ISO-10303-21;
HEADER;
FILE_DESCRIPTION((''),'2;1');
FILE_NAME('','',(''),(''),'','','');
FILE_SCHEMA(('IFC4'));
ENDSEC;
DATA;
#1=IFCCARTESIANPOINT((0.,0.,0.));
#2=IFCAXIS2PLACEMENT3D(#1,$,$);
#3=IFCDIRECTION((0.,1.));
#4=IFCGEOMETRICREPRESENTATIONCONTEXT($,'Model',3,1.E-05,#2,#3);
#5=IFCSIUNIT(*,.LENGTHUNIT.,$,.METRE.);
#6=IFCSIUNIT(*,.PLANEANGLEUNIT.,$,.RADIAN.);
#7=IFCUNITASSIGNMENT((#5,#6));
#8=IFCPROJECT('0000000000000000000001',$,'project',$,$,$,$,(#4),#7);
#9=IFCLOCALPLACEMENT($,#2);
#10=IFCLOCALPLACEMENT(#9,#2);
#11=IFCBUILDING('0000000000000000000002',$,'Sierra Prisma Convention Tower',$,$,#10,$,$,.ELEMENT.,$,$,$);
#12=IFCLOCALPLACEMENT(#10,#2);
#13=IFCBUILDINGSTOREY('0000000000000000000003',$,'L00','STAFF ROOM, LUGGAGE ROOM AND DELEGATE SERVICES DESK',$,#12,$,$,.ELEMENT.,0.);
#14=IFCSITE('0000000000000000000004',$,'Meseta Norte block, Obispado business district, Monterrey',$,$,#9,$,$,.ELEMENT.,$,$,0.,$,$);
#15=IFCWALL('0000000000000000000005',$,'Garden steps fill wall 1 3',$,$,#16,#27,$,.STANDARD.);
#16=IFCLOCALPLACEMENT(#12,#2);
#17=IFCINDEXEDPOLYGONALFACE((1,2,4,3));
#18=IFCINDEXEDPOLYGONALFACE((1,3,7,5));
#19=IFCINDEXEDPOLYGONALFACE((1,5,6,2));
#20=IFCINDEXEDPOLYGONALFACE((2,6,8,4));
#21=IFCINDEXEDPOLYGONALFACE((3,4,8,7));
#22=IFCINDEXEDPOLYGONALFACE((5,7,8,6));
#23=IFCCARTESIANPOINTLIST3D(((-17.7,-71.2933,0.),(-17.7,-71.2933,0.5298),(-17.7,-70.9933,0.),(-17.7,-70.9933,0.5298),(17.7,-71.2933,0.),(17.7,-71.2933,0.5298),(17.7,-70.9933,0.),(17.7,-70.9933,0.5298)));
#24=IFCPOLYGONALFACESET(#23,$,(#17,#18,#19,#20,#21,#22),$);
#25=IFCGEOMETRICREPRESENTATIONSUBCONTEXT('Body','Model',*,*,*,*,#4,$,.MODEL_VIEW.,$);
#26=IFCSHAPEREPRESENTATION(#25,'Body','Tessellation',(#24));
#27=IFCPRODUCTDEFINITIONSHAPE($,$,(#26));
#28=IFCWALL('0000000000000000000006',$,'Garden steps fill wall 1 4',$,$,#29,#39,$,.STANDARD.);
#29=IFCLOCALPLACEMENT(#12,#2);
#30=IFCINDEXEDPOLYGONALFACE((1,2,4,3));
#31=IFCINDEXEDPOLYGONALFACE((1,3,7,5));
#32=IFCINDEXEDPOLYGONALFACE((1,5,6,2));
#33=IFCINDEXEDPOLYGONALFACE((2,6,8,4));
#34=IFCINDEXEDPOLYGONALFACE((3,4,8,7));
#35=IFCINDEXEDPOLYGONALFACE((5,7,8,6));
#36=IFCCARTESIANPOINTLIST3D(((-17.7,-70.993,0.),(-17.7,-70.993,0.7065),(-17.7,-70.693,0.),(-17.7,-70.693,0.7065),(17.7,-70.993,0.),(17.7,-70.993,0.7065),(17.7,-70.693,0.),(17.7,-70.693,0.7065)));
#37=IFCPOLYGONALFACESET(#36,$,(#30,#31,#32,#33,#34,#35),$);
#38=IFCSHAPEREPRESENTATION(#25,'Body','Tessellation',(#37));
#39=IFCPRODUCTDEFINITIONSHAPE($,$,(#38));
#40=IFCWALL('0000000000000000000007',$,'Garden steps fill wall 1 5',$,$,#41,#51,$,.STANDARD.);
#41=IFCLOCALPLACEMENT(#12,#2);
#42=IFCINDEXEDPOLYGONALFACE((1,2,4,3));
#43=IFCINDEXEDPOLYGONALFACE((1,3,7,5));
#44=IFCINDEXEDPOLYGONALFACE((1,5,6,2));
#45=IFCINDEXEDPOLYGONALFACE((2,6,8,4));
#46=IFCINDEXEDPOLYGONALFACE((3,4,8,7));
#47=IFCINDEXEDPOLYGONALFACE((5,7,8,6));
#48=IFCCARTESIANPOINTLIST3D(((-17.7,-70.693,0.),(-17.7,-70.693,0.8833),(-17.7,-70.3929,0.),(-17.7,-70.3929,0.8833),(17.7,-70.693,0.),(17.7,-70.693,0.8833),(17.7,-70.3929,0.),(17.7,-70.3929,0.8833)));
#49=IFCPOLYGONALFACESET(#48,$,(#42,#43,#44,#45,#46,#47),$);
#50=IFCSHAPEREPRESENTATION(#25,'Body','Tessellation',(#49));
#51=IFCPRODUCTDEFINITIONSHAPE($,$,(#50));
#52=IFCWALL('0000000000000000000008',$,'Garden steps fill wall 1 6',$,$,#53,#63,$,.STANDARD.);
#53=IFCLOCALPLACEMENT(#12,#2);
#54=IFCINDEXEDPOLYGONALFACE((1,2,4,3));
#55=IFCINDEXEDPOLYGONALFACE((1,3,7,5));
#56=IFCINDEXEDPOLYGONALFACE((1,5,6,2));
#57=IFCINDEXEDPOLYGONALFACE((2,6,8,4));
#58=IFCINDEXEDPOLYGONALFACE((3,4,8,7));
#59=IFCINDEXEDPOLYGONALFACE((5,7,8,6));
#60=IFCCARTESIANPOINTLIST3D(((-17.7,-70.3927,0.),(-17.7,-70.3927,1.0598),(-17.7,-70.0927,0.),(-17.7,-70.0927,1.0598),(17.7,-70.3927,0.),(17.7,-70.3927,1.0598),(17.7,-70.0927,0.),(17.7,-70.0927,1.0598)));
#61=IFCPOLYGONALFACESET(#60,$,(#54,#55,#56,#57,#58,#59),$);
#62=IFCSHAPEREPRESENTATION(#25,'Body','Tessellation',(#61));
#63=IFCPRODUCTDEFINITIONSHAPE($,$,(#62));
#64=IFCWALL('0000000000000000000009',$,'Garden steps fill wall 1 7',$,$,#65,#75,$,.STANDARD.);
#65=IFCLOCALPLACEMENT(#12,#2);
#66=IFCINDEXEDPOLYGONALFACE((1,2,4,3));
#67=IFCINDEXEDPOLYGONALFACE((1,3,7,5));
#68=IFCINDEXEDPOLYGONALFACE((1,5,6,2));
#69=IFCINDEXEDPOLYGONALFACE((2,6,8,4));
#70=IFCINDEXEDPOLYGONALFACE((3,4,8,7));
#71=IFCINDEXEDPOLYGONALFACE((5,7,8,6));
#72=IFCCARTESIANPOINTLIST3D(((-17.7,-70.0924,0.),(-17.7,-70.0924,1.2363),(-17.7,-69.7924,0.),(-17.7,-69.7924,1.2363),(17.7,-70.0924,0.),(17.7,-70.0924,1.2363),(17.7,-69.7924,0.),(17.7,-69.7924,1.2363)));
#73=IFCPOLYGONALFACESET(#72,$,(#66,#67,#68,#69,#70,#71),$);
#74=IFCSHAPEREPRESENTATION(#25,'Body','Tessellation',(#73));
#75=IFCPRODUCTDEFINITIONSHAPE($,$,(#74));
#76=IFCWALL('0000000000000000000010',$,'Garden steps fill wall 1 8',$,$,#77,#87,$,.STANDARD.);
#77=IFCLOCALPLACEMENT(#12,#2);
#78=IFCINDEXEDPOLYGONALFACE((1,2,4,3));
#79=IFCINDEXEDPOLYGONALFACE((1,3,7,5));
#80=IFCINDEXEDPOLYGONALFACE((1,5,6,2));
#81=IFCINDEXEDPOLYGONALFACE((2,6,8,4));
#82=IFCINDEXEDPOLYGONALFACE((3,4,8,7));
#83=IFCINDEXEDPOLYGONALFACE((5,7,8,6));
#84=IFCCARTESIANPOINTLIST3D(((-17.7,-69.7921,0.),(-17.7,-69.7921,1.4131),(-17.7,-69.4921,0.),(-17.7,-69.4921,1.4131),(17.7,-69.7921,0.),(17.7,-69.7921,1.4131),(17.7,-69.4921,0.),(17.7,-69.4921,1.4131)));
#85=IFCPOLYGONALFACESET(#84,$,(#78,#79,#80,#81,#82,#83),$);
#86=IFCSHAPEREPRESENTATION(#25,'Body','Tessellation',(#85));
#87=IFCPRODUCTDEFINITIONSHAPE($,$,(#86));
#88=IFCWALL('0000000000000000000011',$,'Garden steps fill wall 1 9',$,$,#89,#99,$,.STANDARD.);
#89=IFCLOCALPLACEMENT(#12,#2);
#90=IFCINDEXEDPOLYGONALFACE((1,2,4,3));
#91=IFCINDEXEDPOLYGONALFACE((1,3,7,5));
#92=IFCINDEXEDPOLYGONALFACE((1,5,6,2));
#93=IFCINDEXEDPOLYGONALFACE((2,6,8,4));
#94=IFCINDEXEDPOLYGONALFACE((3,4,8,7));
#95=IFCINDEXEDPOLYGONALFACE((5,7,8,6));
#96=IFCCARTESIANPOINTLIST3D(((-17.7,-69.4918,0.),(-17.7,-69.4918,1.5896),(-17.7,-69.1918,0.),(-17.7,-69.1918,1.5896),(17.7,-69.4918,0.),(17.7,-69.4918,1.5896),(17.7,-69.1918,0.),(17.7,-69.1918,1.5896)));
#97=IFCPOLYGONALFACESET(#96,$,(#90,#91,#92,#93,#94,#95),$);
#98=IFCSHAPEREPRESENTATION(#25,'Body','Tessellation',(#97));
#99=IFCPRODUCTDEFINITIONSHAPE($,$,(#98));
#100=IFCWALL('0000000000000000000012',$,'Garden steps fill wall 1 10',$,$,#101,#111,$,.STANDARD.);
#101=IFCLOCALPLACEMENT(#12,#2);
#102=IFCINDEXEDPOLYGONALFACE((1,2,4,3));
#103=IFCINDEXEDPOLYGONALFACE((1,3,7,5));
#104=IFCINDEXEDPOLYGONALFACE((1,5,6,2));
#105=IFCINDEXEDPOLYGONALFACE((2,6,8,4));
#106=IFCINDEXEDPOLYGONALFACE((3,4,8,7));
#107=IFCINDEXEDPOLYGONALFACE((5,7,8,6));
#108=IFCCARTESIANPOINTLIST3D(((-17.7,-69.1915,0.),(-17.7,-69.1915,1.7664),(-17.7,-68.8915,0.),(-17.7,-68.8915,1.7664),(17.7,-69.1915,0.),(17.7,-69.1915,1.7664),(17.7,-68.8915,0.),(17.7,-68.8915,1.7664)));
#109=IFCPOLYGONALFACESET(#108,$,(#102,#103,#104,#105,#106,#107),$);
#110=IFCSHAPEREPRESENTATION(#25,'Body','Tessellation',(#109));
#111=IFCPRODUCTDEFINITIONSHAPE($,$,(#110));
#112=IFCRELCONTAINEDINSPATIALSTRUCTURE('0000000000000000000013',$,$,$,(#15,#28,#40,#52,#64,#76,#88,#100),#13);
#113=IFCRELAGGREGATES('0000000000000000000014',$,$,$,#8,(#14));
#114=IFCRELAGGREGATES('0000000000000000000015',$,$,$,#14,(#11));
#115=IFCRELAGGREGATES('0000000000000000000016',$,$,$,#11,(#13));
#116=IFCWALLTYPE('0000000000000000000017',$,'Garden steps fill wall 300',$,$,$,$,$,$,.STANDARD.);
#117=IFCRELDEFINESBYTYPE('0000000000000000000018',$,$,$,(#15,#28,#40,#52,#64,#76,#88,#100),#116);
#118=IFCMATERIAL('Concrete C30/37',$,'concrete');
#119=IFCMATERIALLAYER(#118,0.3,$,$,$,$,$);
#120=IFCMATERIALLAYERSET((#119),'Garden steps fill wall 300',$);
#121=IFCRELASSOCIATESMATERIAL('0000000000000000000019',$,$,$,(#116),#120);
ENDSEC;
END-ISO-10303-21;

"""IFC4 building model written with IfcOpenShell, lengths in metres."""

from ifc_helpers import new_model, si_unit, direction, frame, frame_2d, origin, place, context, subcontext, project, spatial, rectangle, extrude, material, layer, layer_set, type_object, element, save


model = new_model("IFC4")

# Units and contexts
model_context = context("Model", 3, precision=1e-05, world=origin(), true_north=direction((0.0, 1.0)))
body_context = subcontext(model_context, "Body", "Model", "MODEL_VIEW")
ifc_project = project(units=[si_unit("LENGTHUNIT", "METRE"), si_unit("PLANEANGLEUNIT", "RADIAN")], contexts=[model_context])

# Site, building, storey
site_placement = place(None, origin())
site = spatial("IfcSite", under=ifc_project, at=site_placement, Name="Meseta Norte block, Obispado business district, Monterrey", CompositionType="ELEMENT", RefElevation=0.0)
building_placement = place(site_placement, origin())
building = spatial("IfcBuilding", under=site, at=building_placement, Name="Sierra Prisma Convention Tower", CompositionType="ELEMENT")
storey_placement = place(building_placement, origin())
storey = spatial("IfcBuildingStorey", under=building, at=storey_placement, Name="L00", Description="STAFF ROOM, LUGGAGE ROOM AND DELEGATE SERVICES DESK", CompositionType="ELEMENT", Elevation=0.0)

# Walls
ifc_material_1 = material(Name="Concrete C30/37", Category="concrete")
ifc_layer_1 = layer(ifc_material_1, 0.3)
ifc_layer_set_1 = layer_set([ifc_layer_1], Name="Garden steps fill wall 300")
wall_type_1 = type_object("IfcWallType", Name="Garden steps fill wall 300", PredefinedType="STANDARD", material=ifc_layer_set_1)
wall_1_placement = place(storey_placement, frame((-17.7, -71.1433, 0.0), z_axis=(0.0, 0.0, 1.0), x_axis=(1.0, 0.0, 0.0)))
element("IfcWall", 1, at=wall_1_placement, inside=storey, type_object=wall_type_1, Name="Garden steps fill wall 1 3", PredefinedType="STANDARD", context=body_context, shape_type="SweptSolid", body=[
    extrude(rectangle(XDim=35.3999, YDim=0.3, at=frame_2d((17.7, 0.0))), origin(), (0.0, 0.0, 1.0), 0.5298),
])
wall_2_placement = place(storey_placement, frame((-17.7, -70.843, 0.0), z_axis=(0.0, 0.0, 1.0), x_axis=(1.0, 0.0, 0.0)))
element("IfcWall", 2, at=wall_2_placement, inside=storey, type_object=wall_type_1, Name="Garden steps fill wall 1 4", PredefinedType="STANDARD", context=body_context, shape_type="SweptSolid", body=[
    extrude(rectangle(XDim=35.3999, YDim=0.3, at=frame_2d((17.7, 0.0))), origin(), (0.0, 0.0, 1.0), 0.7065),
])
wall_3_placement = place(storey_placement, frame((-17.7, -70.543, 0.0), z_axis=(0.0, 0.0, 1.0), x_axis=(1.0, 0.0, 0.0)))
element("IfcWall", 3, at=wall_3_placement, inside=storey, type_object=wall_type_1, Name="Garden steps fill wall 1 5", PredefinedType="STANDARD", context=body_context, shape_type="SweptSolid", body=[
    extrude(rectangle(XDim=35.3999, YDim=0.3, at=frame_2d((17.7, 0.0))), origin(), (0.0, 0.0, 1.0), 0.8833),
])
wall_4_placement = place(storey_placement, frame((-17.7, -70.2427, 0.0), z_axis=(0.0, 0.0, 1.0), x_axis=(1.0, 0.0, 0.0)))
element("IfcWall", 4, at=wall_4_placement, inside=storey, type_object=wall_type_1, Name="Garden steps fill wall 1 6", PredefinedType="STANDARD", context=body_context, shape_type="SweptSolid", body=[
    extrude(rectangle(XDim=35.3999, YDim=0.3, at=frame_2d((17.7, 0.0))), origin(), (0.0, 0.0, 1.0), 1.0598),
])
wall_5_placement = place(storey_placement, frame((-17.7, -69.9424, 0.0), z_axis=(0.0, 0.0, 1.0), x_axis=(1.0, 0.0, 0.0)))
element("IfcWall", 5, at=wall_5_placement, inside=storey, type_object=wall_type_1, Name="Garden steps fill wall 1 7", PredefinedType="STANDARD", context=body_context, shape_type="SweptSolid", body=[
    extrude(rectangle(XDim=35.3999, YDim=0.3, at=frame_2d((17.7, 0.0))), origin(), (0.0, 0.0, 1.0), 1.2363),
])
wall_6_placement = place(storey_placement, frame((-17.7, -69.6421, 0.0), z_axis=(0.0, 0.0, 1.0), x_axis=(1.0, 0.0, 0.0)))
element("IfcWall", 6, at=wall_6_placement, inside=storey, type_object=wall_type_1, Name="Garden steps fill wall 1 8", PredefinedType="STANDARD", context=body_context, shape_type="SweptSolid", body=[
    extrude(rectangle(XDim=35.3999, YDim=0.3, at=frame_2d((17.7, 0.0))), origin(), (0.0, 0.0, 1.0), 1.4131),
])
wall_7_placement = place(storey_placement, frame((-17.7, -69.3418, 0.0), z_axis=(0.0, 0.0, 1.0), x_axis=(1.0, 0.0, 0.0)))
element("IfcWall", 7, at=wall_7_placement, inside=storey, type_object=wall_type_1, Name="Garden steps fill wall 1 9", PredefinedType="STANDARD", context=body_context, shape_type="SweptSolid", body=[
    extrude(rectangle(XDim=35.3999, YDim=0.3, at=frame_2d((17.7, 0.0))), origin(), (0.0, 0.0, 1.0), 1.5896),
])
wall_8_placement = place(storey_placement, frame((-17.7, -69.0415, 0.0), z_axis=(0.0, 0.0, 1.0), x_axis=(1.0, 0.0, 0.0)))
element("IfcWall", 8, at=wall_8_placement, inside=storey, type_object=wall_type_1, Name="Garden steps fill wall 1 10", PredefinedType="STANDARD", context=body_context, shape_type="SweptSolid", body=[
    extrude(rectangle(XDim=35.3999, YDim=0.3, at=frame_2d((17.7, 0.0))), origin(), (0.0, 0.0, 1.0), 1.7664),
])

save(model, "model.ifc")
